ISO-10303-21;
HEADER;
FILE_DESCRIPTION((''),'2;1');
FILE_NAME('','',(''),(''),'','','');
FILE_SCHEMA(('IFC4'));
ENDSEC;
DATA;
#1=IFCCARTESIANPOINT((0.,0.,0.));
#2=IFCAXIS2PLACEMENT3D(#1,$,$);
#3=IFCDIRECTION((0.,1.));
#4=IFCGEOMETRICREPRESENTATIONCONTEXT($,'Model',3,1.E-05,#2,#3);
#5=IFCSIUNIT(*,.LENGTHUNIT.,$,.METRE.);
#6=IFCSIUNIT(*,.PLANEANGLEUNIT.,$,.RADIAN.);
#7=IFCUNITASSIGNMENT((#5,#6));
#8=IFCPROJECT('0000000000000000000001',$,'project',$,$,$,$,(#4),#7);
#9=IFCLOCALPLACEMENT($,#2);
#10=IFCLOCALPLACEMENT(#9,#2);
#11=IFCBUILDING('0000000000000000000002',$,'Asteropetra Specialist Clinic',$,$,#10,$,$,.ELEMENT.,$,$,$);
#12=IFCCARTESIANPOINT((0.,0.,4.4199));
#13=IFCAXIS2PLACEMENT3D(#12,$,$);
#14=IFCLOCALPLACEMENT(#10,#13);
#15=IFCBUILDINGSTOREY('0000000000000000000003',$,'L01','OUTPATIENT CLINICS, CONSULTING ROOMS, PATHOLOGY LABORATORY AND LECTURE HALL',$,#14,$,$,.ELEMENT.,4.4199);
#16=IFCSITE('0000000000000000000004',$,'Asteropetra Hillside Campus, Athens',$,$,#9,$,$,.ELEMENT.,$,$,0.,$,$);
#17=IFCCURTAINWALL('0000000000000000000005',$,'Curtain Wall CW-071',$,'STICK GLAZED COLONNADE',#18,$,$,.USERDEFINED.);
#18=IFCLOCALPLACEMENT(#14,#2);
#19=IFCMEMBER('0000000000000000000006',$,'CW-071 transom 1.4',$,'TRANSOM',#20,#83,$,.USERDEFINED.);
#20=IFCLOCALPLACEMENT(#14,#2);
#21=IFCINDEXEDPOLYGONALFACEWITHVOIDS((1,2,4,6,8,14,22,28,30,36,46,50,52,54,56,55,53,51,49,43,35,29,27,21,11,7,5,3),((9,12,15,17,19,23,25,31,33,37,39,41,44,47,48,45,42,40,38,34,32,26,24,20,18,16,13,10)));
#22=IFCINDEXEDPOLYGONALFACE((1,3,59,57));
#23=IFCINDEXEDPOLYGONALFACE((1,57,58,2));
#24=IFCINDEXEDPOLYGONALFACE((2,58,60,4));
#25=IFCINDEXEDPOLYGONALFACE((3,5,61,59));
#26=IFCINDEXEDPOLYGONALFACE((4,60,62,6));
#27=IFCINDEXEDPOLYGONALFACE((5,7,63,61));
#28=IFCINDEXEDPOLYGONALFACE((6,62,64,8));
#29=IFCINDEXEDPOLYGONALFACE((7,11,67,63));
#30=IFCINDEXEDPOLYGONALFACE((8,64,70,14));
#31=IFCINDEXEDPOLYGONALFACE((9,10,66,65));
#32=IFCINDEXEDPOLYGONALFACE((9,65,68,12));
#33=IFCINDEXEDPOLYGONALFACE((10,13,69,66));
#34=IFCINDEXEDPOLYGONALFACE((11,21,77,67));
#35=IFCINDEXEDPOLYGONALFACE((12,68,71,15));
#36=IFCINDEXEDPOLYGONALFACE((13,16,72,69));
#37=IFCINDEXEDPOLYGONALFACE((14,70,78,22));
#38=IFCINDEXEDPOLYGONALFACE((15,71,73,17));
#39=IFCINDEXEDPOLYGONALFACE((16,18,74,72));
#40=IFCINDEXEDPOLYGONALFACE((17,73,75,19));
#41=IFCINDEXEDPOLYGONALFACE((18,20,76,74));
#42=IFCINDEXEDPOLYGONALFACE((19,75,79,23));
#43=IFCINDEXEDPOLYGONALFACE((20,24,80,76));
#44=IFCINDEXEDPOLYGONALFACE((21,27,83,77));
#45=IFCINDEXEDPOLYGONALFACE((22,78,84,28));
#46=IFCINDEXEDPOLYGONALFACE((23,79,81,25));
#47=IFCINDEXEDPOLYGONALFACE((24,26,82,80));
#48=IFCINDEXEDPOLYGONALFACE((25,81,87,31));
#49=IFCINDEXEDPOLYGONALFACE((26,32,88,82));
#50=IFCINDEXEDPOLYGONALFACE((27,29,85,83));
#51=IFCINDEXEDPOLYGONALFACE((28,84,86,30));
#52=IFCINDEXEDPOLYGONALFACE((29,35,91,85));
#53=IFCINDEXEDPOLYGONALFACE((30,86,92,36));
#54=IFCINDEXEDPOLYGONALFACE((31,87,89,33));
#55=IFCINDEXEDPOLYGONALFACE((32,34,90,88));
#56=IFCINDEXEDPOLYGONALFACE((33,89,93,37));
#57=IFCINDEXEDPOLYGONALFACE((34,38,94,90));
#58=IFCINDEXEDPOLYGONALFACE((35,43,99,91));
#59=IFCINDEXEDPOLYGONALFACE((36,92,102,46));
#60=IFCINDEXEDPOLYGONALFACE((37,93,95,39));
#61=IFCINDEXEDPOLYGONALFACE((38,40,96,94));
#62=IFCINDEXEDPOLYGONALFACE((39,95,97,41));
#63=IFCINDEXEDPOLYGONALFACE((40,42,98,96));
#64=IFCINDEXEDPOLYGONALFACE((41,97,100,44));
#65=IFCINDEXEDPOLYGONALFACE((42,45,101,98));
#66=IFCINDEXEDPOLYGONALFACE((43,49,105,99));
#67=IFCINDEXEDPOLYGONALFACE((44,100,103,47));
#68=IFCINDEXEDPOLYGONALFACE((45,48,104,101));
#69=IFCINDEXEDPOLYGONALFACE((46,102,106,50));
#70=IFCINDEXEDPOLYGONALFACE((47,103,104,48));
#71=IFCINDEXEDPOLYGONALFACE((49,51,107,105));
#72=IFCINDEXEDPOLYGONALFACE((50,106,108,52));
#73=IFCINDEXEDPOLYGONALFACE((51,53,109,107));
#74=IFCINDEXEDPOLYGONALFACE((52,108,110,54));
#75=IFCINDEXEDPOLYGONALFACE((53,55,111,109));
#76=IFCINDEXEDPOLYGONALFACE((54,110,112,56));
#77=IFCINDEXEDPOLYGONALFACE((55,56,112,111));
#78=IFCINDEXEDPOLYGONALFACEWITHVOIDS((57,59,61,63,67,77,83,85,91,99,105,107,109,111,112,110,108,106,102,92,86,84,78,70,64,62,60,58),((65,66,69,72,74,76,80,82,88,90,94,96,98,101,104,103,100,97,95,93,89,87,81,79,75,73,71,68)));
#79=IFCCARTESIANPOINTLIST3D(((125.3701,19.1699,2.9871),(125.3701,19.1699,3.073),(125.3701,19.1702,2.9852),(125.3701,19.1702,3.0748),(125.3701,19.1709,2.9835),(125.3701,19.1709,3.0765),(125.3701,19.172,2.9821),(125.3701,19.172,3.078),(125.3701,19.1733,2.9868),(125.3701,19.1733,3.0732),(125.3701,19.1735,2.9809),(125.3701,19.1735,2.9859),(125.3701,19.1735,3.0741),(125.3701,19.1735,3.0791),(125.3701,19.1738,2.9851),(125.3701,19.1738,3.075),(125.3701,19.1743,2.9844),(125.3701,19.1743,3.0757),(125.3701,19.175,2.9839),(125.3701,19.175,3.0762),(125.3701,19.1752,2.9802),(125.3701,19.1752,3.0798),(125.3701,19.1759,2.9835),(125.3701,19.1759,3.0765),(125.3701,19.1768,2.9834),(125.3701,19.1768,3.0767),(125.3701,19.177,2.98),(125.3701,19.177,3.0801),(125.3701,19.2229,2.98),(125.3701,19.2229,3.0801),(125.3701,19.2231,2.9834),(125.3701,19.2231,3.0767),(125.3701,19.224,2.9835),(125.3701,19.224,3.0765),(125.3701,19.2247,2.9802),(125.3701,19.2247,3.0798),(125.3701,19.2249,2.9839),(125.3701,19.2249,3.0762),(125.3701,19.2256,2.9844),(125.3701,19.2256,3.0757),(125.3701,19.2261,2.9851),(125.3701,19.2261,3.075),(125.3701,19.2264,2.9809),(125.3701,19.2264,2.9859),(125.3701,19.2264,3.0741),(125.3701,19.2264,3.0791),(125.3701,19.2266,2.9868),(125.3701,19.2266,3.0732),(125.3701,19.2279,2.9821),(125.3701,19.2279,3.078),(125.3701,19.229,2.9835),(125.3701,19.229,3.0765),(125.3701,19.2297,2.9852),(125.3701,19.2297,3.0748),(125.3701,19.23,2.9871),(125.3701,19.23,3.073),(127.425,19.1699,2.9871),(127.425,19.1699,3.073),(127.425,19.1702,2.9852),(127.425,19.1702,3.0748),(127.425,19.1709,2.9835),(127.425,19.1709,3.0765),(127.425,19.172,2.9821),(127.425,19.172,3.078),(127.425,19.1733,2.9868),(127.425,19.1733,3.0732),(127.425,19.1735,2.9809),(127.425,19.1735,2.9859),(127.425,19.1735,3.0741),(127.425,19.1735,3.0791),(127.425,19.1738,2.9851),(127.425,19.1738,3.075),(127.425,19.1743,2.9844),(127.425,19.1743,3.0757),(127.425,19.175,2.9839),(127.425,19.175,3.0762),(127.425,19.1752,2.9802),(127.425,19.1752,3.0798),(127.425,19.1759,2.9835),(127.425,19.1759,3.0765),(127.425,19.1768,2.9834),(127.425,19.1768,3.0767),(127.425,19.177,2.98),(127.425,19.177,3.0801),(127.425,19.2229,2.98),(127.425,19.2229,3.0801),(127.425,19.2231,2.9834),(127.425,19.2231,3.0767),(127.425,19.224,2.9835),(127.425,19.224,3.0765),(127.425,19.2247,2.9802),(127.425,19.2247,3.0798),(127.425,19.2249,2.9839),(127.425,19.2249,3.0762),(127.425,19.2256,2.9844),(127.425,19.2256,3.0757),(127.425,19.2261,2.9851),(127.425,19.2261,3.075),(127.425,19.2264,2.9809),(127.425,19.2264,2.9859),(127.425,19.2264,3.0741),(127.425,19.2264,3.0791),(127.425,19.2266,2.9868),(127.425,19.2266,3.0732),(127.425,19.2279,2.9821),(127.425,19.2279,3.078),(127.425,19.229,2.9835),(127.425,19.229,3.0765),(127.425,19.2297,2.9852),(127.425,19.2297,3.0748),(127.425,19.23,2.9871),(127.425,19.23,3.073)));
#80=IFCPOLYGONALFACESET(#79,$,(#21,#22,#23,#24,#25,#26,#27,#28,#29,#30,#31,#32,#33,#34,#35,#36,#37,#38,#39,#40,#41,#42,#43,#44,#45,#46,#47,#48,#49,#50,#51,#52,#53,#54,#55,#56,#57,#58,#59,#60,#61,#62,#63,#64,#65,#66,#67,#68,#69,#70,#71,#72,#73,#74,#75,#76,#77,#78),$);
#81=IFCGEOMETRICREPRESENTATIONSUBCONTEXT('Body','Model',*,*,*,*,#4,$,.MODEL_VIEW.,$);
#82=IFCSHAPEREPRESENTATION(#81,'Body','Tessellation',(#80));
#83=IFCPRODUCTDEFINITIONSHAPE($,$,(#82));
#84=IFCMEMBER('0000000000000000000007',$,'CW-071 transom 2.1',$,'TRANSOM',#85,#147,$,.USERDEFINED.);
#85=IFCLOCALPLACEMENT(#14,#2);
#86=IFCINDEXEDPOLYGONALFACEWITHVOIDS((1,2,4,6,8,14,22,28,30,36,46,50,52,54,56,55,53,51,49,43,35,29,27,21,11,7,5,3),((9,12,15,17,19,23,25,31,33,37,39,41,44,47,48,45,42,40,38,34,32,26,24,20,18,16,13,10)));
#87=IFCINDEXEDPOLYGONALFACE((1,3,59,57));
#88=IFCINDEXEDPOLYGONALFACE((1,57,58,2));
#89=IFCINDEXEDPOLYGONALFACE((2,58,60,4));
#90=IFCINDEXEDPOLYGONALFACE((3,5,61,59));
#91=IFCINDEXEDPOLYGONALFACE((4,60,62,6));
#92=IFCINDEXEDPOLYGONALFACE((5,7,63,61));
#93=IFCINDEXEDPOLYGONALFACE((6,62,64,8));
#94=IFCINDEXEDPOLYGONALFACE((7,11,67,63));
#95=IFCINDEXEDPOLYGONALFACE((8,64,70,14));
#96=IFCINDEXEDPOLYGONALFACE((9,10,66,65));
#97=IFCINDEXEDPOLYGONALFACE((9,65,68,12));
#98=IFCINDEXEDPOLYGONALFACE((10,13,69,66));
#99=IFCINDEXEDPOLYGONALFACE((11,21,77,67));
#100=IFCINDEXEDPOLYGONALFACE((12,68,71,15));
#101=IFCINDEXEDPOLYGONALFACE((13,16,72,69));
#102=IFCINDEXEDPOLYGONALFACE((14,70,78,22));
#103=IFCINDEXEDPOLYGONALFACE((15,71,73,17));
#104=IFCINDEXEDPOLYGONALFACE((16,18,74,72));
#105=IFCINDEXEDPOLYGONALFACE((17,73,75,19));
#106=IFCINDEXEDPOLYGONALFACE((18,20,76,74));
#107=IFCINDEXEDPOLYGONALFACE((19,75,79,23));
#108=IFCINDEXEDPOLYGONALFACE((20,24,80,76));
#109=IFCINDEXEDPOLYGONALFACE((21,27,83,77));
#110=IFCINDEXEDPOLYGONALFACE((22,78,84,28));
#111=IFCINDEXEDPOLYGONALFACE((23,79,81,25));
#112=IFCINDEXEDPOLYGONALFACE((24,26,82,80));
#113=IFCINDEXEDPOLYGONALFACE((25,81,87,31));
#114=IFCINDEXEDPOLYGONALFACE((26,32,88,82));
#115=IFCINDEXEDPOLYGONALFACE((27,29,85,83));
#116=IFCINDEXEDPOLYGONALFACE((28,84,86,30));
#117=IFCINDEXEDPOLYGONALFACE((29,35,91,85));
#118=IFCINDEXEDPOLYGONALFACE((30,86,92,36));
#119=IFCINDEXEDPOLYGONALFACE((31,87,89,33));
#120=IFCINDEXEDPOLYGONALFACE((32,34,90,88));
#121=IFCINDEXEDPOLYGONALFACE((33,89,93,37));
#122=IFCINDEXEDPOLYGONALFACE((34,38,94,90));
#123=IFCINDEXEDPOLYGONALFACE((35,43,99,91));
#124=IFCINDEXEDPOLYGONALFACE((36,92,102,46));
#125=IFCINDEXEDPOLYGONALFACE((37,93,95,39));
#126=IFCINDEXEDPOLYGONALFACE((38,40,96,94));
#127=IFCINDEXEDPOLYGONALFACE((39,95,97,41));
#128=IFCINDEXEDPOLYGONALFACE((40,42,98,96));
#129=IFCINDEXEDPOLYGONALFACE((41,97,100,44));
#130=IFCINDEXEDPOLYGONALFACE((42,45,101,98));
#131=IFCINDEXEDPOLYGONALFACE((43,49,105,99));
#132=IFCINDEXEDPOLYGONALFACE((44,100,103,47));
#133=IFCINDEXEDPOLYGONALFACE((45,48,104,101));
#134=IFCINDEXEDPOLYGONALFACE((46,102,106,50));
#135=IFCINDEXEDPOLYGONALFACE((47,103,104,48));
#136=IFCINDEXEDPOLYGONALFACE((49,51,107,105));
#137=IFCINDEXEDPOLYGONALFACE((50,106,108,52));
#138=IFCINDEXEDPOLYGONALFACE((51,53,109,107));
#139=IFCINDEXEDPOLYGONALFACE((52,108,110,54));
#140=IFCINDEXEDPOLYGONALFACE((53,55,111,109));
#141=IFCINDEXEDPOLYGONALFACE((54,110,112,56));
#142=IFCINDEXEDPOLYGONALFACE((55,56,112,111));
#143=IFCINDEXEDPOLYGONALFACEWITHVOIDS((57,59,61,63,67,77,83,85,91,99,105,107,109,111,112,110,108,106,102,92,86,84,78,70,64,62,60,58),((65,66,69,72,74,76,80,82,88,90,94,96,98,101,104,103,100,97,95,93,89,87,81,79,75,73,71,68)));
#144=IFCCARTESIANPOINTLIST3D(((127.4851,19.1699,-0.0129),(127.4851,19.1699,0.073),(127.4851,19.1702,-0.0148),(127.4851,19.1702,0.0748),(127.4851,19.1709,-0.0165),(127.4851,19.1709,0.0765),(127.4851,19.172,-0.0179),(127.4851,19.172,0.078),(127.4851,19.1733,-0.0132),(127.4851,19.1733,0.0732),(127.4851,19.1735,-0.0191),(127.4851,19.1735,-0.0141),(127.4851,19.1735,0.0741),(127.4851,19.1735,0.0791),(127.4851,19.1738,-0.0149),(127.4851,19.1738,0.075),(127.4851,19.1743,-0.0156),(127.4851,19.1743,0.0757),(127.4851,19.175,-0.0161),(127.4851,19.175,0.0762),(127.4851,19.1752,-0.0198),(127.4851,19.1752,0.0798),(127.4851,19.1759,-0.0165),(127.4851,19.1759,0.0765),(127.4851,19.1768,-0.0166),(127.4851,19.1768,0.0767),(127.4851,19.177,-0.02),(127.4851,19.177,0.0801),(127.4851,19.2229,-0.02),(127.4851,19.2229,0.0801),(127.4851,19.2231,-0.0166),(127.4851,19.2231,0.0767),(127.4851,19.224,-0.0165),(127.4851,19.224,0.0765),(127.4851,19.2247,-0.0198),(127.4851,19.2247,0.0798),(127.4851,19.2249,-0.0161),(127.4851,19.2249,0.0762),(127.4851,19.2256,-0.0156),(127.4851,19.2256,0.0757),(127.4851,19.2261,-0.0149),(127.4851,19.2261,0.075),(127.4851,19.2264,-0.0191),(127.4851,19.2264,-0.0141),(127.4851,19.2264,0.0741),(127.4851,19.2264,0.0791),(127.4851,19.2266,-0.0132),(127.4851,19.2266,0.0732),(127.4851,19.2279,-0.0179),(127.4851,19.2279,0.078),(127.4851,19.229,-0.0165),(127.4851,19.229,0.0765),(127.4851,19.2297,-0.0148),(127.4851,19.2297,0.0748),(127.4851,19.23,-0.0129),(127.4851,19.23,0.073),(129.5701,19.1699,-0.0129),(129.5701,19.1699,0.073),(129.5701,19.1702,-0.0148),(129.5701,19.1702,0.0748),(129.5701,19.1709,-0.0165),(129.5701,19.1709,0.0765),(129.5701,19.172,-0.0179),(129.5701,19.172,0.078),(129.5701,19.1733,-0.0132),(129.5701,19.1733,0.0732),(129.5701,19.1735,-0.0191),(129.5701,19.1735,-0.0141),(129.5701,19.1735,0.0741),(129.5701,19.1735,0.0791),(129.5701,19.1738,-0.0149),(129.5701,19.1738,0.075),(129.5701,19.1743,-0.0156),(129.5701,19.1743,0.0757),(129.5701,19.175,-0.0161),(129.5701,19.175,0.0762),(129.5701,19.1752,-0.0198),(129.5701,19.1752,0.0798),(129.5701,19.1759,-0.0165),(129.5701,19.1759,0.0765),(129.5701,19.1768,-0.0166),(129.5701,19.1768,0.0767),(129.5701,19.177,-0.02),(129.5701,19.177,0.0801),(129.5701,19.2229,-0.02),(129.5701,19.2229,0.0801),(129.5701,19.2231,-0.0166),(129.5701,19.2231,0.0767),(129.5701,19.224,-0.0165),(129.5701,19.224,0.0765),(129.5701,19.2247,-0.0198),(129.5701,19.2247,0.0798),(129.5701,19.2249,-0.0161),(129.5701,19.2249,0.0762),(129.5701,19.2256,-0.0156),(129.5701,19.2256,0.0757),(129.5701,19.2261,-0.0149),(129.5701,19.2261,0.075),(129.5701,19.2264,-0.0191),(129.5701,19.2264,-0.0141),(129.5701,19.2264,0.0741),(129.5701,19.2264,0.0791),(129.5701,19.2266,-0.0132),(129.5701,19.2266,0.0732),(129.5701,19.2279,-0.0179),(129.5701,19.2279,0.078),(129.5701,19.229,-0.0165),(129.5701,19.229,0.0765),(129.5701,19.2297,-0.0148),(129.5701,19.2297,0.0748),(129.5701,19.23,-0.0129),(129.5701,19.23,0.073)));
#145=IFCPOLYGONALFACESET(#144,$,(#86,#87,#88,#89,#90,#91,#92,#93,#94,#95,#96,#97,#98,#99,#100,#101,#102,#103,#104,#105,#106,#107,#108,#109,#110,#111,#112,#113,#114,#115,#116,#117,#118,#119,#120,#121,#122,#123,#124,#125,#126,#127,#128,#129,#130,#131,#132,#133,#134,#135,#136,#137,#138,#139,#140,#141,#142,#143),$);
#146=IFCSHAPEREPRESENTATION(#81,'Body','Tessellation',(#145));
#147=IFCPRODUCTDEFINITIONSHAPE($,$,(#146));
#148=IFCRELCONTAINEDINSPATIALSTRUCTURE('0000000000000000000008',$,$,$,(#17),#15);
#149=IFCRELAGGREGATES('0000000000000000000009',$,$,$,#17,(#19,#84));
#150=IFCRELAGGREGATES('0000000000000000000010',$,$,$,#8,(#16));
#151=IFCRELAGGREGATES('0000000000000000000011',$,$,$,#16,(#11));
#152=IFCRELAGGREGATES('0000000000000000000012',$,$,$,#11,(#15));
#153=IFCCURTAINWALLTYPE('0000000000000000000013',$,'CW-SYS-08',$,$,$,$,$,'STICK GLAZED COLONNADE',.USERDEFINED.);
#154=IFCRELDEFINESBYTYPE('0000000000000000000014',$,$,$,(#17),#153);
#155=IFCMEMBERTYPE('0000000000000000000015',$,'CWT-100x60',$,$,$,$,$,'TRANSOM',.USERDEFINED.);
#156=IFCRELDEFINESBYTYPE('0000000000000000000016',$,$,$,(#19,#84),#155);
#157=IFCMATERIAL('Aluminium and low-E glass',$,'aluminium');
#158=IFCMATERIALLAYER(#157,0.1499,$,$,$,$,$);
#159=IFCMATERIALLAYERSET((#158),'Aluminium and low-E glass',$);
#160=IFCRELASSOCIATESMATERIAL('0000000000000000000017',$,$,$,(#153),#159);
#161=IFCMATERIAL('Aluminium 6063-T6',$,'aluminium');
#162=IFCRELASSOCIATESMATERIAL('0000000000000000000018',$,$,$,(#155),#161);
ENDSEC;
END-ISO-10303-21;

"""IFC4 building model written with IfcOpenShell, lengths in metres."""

from ifc_helpers import new_model, si_unit, direction, frame, origin, origin_2d, place, context, subcontext, project, spatial, hollow_rectangle, extrude, material, layer, layer_set, material_profile, profile_set, type_object, element, aggregate, save


model = new_model("IFC4")

# Units and contexts
model_context = context("Model", 3, precision=1e-05, world=origin(), true_north=direction((0.0, 1.0)))
body_context = subcontext(model_context, "Body", "Model", "MODEL_VIEW")
ifc_project = project(units=[si_unit("LENGTHUNIT", "METRE"), si_unit("PLANEANGLEUNIT", "RADIAN")], contexts=[model_context])

# Site, building, storey
site_placement = place(None, origin())
site = spatial("IfcSite", under=ifc_project, at=site_placement, Name="Asteropetra Hillside Campus, Athens", CompositionType="ELEMENT", RefElevation=0.0)
building_placement = place(site_placement, origin())
building = spatial("IfcBuilding", under=site, at=building_placement, Name="Asteropetra Specialist Clinic", CompositionType="ELEMENT")
storey_placement = place(building_placement, frame((0.0, 0.0, 4.4199)))
storey = spatial("IfcBuildingStorey", under=building, at=storey_placement, Name="L01", Description="OUTPATIENT CLINICS, CONSULTING ROOMS, PATHOLOGY LABORATORY AND LECTURE HALL", CompositionType="ELEMENT", Elevation=4.4199)

# Curtain wall, members
ifc_material_1 = material(Name="Aluminium and low-E glass", Category="aluminium")
ifc_layer_1 = layer(ifc_material_1, 0.1499)
ifc_layer_set_1 = layer_set([ifc_layer_1], Name="Aluminium and low-E glass")
curtain_wall_type = type_object("IfcCurtainWallType", Name="CW-SYS-08", ElementType="STICK GLAZED COLONNADE", PredefinedType="USERDEFINED", material=ifc_layer_set_1)
curtain_wall_placement = place(storey_placement, origin())
curtain_wall = element("IfcCurtainWall", 1, at=curtain_wall_placement, inside=storey, type_object=curtain_wall_type, Name="Curtain Wall CW-071", ObjectType="STICK GLAZED COLONNADE", PredefinedType="USERDEFINED")
ifc_material_2 = material(Name="Aluminium 6063-T6", Category="aluminium")
ifc_material_profile_1 = material_profile(ifc_material_2, hollow_rectangle(XDim=0.0601, YDim=0.1001, WallThickness=0.0034, InnerFilletRadius=0.0034, OuterFilletRadius=0.0071, at=origin_2d()), Name="TRN 100x60x3.5")
ifc_profile_set_1 = profile_set([ifc_material_profile_1], Name="Aluminium 6063-T6")
member_type_1 = type_object("IfcMemberType", Name="CWT-100x60", ElementType="TRANSOM", PredefinedType="USERDEFINED", material=ifc_profile_set_1)
member_1_placement = place(storey_placement, frame((125.3701, 19.2, 3.03), z_axis=(1.0, 0.0, 0.0), x_axis=(0.0, 1.0, 0.0)))
member_1 = element("IfcMember", 2, at=member_1_placement, type_object=member_type_1, Name="CW-071 transom 1.4", ObjectType="TRANSOM", PredefinedType="USERDEFINED", context=body_context, shape_type="SweptSolid", body=[
    extrude(hollow_rectangle(XDim=0.0601, YDim=0.1001, WallThickness=0.0034, InnerFilletRadius=0.0034, OuterFilletRadius=0.0071, at=origin_2d()), origin(), (0.0, 0.0, 1.0), 2.0549),
])
member_2_placement = place(storey_placement, frame((127.4851, 19.2, 0.03), z_axis=(1.0, 0.0, 0.0), x_axis=(0.0, 1.0, 0.0)))
member_2 = element("IfcMember", 3, at=member_2_placement, type_object=member_type_1, Name="CW-071 transom 2.1", ObjectType="TRANSOM", PredefinedType="USERDEFINED", context=body_context, shape_type="SweptSolid", body=[
    extrude(hollow_rectangle(XDim=0.0601, YDim=0.1001, WallThickness=0.0034, InnerFilletRadius=0.0034, OuterFilletRadius=0.0071, at=origin_2d()), origin(), (0.0, 0.0, 1.0), 2.085),
])
aggregate(curtain_wall, [member_1, member_2])

save(model, "model.ifc")
